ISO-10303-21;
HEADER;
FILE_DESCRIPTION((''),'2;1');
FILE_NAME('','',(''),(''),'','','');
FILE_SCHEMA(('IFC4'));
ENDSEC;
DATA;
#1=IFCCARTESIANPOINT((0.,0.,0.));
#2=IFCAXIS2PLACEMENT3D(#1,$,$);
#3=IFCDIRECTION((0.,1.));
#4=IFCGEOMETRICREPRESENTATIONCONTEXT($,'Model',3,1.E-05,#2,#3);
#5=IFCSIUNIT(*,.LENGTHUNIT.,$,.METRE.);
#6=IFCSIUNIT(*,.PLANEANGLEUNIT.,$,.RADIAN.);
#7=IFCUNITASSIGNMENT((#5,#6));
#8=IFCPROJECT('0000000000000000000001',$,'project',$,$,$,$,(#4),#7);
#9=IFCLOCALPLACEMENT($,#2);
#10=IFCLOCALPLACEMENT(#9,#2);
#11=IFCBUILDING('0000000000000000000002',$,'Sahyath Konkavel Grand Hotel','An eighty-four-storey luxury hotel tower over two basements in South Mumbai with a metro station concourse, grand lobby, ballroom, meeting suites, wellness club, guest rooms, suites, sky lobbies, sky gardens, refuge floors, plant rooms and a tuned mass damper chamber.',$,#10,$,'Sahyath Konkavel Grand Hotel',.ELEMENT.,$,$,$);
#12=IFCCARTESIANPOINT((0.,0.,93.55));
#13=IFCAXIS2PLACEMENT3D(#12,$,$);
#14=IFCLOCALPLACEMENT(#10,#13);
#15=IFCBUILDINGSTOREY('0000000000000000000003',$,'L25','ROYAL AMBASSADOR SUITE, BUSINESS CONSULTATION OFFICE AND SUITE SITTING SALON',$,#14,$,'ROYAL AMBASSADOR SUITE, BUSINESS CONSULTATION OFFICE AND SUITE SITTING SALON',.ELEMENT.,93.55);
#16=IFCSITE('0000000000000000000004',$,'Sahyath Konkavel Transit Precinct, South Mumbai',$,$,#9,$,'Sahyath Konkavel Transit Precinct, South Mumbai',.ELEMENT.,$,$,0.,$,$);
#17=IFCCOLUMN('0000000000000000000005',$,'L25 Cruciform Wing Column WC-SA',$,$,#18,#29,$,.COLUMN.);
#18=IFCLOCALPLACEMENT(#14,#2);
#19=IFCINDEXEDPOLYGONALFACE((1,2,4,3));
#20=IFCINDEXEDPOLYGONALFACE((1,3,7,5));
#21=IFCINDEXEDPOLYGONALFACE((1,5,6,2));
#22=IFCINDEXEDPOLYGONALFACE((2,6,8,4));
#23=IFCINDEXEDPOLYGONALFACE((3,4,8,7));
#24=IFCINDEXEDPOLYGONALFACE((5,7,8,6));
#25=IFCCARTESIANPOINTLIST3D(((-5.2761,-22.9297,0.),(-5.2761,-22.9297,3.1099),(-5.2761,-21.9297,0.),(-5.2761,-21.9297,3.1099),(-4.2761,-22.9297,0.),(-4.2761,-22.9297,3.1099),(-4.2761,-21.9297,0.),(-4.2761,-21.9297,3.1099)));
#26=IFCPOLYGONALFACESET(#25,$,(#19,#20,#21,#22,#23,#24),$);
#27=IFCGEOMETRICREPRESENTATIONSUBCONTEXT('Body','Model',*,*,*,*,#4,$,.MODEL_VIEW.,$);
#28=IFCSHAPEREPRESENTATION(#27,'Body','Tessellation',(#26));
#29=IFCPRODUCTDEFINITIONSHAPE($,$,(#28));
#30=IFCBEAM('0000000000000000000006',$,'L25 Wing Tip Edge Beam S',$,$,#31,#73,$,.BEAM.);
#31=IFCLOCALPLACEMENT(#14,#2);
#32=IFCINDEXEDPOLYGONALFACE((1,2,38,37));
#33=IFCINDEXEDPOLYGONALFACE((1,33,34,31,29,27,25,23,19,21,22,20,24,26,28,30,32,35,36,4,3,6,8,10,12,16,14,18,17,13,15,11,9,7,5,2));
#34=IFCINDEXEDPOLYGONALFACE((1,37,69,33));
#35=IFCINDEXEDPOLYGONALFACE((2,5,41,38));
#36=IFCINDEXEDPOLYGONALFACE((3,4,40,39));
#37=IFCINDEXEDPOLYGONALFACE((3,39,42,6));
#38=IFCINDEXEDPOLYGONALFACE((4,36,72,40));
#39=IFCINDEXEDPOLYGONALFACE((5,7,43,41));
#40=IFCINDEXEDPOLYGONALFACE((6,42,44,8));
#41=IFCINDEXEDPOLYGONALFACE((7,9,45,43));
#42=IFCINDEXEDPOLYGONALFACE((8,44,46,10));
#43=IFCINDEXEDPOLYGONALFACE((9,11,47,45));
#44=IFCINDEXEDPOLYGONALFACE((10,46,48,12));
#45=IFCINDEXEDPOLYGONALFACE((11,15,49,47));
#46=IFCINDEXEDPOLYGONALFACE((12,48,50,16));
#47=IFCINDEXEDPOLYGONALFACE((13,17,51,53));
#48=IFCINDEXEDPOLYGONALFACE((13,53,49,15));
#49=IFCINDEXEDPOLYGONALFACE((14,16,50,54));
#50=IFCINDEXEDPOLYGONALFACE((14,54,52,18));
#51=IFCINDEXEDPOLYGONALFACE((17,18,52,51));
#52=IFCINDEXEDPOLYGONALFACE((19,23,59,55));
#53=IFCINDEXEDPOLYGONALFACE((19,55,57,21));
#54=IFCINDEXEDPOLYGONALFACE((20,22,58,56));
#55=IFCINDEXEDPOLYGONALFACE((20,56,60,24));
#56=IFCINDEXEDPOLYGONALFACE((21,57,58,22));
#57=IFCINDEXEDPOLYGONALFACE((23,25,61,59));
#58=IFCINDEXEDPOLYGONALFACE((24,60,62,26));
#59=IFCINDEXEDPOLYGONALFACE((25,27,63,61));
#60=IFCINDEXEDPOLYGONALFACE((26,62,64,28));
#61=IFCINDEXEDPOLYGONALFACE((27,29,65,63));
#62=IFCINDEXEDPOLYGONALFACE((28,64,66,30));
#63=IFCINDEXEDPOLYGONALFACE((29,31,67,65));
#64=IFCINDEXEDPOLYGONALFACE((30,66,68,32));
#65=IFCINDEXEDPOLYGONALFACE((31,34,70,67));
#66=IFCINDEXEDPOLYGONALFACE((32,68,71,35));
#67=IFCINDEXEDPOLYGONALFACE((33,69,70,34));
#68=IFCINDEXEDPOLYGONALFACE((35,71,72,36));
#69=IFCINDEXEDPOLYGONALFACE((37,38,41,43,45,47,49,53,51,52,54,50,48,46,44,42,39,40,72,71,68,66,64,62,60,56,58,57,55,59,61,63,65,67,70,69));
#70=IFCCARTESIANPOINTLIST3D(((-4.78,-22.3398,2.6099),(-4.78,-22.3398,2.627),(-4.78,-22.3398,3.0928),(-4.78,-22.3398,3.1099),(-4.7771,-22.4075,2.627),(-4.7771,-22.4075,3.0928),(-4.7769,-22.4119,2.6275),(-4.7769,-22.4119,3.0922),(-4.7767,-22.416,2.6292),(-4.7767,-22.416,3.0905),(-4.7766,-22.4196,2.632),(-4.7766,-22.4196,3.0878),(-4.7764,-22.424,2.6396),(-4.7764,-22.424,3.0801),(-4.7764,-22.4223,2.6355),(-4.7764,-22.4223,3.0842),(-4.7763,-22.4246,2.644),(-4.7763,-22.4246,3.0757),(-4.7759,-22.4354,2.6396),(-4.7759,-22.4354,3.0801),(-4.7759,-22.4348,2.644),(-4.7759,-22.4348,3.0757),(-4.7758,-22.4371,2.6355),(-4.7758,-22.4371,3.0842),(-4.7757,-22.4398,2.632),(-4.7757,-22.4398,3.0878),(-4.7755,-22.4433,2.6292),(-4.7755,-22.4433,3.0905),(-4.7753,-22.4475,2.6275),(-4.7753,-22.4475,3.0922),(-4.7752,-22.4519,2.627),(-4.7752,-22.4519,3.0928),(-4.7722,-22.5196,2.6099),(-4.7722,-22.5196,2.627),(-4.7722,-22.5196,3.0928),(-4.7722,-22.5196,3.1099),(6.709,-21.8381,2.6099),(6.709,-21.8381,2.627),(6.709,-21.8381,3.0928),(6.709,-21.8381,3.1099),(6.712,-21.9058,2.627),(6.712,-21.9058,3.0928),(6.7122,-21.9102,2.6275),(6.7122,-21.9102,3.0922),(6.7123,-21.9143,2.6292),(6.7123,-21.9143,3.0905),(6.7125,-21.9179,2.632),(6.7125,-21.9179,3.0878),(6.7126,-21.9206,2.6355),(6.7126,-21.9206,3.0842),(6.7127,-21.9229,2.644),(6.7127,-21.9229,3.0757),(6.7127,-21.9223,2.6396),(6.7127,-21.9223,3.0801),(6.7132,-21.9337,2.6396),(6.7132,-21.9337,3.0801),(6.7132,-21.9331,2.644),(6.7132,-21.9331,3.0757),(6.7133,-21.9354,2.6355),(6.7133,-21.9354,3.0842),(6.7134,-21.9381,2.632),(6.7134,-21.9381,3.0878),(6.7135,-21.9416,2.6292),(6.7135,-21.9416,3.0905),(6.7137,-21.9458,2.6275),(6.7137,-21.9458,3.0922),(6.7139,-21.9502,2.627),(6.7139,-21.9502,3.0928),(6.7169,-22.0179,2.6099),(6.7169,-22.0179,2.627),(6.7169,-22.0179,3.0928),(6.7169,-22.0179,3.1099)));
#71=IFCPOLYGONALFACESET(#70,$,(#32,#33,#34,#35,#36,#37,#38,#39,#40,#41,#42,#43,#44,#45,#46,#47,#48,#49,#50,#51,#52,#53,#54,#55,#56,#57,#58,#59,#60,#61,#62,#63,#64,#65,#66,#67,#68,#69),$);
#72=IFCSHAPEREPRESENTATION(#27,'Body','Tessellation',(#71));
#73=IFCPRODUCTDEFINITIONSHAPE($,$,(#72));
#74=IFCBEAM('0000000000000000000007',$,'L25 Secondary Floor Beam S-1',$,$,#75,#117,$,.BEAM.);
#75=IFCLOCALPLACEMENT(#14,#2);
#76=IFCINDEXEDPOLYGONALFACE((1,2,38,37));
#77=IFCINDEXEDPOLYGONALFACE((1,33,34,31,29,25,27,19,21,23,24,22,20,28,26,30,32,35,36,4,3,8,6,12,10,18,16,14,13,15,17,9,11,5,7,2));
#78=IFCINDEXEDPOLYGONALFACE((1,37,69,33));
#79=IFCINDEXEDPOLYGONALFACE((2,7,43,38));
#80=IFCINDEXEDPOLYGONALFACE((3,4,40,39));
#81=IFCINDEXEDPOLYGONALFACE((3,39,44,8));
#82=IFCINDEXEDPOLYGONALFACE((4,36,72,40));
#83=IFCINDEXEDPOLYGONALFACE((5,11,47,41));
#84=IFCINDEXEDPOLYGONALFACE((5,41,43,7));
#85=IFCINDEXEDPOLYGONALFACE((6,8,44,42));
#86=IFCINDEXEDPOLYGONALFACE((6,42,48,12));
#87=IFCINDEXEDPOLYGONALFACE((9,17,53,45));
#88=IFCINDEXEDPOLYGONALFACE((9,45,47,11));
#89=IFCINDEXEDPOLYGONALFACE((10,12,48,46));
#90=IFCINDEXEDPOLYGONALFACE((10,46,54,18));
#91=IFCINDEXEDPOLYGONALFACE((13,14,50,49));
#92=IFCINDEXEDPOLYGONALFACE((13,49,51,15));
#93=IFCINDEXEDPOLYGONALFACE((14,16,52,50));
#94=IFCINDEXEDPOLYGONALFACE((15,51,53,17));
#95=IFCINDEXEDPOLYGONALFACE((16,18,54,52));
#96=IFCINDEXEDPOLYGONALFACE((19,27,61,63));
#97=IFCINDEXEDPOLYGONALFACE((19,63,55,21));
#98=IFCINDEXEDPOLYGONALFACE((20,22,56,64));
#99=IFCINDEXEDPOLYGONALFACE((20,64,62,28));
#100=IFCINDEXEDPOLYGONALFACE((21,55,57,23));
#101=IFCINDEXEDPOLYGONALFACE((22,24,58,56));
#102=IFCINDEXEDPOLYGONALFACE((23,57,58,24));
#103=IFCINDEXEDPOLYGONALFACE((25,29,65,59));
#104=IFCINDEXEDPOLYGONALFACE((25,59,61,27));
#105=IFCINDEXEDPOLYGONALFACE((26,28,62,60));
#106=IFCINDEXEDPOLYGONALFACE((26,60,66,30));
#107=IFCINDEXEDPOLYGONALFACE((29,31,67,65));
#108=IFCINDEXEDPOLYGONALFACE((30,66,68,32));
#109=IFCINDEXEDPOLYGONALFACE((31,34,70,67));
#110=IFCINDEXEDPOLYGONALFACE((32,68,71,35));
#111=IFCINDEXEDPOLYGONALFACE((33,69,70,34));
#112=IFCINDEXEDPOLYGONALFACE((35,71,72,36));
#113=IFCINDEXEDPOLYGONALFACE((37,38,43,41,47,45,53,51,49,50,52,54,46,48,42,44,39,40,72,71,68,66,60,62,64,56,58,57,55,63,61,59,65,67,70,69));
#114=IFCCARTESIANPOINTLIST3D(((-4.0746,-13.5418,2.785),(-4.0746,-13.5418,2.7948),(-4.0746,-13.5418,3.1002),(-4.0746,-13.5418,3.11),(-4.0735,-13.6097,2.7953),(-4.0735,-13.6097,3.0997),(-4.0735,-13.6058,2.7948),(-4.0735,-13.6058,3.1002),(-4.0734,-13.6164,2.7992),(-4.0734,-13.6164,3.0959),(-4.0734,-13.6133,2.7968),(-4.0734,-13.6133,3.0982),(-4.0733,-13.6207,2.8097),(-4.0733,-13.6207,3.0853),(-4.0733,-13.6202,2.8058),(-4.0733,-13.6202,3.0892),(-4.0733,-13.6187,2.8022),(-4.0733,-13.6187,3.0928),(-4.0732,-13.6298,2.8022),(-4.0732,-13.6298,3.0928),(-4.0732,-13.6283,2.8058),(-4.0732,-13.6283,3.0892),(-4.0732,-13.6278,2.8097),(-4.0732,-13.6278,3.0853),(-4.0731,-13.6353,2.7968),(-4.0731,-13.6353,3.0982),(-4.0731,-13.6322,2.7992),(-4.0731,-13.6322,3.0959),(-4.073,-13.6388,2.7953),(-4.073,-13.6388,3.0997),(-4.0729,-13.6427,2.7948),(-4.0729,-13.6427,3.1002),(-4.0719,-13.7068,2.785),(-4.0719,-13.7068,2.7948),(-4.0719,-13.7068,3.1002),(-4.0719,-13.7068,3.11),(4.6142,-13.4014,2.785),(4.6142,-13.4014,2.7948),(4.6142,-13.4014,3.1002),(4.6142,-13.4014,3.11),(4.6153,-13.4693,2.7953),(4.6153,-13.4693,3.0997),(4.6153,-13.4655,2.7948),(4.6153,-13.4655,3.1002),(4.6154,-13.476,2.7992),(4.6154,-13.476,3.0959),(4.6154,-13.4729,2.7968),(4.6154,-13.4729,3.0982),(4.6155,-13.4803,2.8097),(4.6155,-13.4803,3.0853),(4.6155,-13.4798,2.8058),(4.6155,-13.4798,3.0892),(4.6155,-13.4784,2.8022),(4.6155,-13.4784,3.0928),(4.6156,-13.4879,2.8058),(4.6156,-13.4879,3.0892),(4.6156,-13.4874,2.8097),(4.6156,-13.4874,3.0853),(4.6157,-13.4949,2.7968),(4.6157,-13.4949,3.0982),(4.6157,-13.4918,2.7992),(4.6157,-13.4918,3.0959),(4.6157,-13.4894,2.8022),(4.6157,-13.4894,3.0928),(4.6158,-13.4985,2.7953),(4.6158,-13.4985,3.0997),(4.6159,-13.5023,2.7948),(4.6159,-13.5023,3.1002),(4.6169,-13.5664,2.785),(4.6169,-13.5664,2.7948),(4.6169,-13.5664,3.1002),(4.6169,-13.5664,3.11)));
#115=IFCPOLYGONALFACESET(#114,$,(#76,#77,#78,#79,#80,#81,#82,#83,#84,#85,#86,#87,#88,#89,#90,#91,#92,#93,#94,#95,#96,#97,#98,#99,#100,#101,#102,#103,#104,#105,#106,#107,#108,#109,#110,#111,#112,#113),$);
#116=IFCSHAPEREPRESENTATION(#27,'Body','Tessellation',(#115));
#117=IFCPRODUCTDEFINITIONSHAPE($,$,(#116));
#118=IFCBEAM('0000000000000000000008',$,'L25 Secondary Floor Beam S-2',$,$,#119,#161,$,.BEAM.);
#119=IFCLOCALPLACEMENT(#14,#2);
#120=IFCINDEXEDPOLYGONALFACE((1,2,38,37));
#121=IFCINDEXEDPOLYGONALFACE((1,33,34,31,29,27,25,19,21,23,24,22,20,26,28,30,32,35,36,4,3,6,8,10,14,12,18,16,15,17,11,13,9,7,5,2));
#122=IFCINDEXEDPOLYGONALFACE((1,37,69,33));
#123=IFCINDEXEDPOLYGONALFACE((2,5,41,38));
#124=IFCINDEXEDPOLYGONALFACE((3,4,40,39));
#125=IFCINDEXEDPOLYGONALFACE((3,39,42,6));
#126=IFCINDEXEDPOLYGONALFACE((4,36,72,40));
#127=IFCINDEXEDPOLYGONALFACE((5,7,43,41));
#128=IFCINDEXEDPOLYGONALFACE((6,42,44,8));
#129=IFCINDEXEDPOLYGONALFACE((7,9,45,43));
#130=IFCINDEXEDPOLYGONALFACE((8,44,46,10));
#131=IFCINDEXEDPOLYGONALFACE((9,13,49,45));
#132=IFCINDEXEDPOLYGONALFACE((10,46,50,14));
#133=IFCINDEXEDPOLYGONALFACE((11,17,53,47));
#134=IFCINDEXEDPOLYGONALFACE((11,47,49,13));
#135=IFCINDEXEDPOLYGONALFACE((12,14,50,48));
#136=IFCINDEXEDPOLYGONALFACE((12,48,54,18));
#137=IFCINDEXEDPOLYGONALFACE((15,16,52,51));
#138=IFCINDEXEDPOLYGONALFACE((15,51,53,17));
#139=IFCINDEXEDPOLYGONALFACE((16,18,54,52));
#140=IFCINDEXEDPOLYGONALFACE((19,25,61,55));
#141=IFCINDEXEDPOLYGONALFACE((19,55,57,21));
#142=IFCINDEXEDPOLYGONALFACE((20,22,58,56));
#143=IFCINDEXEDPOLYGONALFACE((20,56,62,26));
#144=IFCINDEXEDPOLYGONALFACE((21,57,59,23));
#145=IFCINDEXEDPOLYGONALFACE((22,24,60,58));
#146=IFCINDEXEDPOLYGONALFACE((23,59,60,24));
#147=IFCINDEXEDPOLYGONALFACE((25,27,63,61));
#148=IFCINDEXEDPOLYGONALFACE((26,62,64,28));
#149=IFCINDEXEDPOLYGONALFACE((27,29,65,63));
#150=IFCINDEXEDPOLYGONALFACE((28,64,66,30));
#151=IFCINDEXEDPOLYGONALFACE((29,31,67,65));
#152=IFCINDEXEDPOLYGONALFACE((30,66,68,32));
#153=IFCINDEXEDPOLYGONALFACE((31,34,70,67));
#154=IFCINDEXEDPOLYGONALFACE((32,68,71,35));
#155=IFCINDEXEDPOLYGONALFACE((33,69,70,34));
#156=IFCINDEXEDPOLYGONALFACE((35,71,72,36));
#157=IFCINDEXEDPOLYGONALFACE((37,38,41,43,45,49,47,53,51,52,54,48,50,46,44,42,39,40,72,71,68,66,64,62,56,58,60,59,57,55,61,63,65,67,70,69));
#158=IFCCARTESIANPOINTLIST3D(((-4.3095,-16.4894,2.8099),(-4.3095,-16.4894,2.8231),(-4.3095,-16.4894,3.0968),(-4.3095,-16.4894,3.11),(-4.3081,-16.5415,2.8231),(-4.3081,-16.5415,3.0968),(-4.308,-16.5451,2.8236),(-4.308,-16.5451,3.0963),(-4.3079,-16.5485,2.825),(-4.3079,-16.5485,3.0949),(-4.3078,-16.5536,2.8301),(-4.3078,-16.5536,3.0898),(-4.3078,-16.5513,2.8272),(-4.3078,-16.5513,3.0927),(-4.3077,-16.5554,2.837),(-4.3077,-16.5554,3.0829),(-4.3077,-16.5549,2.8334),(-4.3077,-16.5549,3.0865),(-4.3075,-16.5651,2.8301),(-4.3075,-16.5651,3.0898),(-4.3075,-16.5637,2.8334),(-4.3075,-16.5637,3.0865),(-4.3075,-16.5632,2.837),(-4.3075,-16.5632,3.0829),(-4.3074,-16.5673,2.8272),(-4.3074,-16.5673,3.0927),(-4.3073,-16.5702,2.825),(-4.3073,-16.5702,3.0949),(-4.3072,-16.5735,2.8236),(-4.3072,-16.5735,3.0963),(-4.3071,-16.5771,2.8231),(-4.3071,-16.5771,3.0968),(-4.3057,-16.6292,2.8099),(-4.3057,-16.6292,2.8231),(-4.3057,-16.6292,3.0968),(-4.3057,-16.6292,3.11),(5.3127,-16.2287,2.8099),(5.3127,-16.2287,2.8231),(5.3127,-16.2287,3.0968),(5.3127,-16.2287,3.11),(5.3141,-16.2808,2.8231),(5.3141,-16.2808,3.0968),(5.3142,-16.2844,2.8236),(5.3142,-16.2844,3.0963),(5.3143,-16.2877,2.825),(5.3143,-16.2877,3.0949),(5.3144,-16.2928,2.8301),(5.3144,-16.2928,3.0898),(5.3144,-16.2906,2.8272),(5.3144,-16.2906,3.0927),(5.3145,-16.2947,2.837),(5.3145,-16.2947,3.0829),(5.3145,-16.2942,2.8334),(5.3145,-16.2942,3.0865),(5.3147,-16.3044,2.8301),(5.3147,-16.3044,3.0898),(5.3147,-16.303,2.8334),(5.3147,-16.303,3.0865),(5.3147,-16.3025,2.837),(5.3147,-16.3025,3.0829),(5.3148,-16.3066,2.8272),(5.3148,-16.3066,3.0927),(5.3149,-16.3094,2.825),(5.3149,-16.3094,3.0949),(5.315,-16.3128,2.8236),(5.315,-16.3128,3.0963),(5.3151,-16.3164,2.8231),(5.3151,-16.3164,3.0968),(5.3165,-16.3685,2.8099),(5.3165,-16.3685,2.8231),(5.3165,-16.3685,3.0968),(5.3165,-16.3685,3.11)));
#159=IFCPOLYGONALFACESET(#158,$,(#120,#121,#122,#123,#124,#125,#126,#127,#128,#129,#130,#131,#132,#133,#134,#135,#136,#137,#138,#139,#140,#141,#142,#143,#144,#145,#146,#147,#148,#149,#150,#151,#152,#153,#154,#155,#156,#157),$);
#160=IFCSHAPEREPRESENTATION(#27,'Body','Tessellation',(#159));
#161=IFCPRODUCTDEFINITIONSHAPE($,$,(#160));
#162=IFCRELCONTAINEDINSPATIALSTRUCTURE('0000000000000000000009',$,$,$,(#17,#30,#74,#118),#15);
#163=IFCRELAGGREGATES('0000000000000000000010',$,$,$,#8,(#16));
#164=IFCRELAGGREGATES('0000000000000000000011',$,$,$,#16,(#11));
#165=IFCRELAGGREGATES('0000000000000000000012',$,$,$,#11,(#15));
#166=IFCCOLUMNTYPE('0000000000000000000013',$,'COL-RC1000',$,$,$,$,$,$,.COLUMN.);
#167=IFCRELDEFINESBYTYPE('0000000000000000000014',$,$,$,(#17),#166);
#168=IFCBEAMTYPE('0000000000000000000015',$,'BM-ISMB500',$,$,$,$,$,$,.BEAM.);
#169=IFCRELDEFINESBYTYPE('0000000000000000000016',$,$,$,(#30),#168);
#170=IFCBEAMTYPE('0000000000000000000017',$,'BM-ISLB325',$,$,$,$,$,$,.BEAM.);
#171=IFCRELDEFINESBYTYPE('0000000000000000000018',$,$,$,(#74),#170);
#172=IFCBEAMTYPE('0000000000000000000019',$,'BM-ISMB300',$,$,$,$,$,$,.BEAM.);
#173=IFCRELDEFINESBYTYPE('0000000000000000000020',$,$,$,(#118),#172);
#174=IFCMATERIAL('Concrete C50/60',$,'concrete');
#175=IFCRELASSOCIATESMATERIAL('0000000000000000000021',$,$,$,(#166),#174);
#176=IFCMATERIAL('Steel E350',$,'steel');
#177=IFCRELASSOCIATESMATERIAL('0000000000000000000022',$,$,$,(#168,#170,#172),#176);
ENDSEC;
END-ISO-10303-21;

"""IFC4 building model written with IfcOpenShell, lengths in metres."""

from ifc_helpers import new_model, si_unit, direction, frame, origin, origin_2d, place, context, subcontext, project, spatial, rectangle, i_section, extrude, source, transform, mapped, material, material_profile, profile_set, type_object, element, save


model = new_model("IFC4")

# Units and contexts
model_context = context("Model", 3, precision=1e-05, world=origin(), true_north=direction((0.0, 1.0)))
body_context = subcontext(model_context, "Body", "Model", "MODEL_VIEW")
ifc_project = project(units=[si_unit("LENGTHUNIT", "METRE"), si_unit("PLANEANGLEUNIT", "RADIAN")], contexts=[model_context])

# Site, building, storey
site_placement = place(None, origin())
site = spatial("IfcSite", under=ifc_project, at=site_placement, Name="Sahyath Konkavel Transit Precinct, South Mumbai", LongName="Sahyath Konkavel Transit Precinct, South Mumbai", CompositionType="ELEMENT", RefElevation=0.0)
building_placement = place(site_placement, origin())
building = spatial("IfcBuilding", under=site, at=building_placement, Name="Sahyath Konkavel Grand Hotel", Description="An eighty-four-storey luxury hotel tower over two basements in South Mumbai with a metro station concourse, grand lobby, ballroom, meeting suites, wellness club, guest rooms, suites, sky lobbies, sky gardens, refuge floors, plant rooms and a tuned mass damper chamber.", LongName="Sahyath Konkavel Grand Hotel", CompositionType="ELEMENT")
storey_placement = place(building_placement, frame((0.0, 0.0, 93.55)))
storey = spatial("IfcBuildingStorey", under=building, at=storey_placement, Name="L25", Description="ROYAL AMBASSADOR SUITE, BUSINESS CONSULTATION OFFICE AND SUITE SITTING SALON", LongName="ROYAL AMBASSADOR SUITE, BUSINESS CONSULTATION OFFICE AND SUITE SITTING SALON", CompositionType="ELEMENT", Elevation=93.55)

# Column
ifc_material_1 = material(Name="Concrete C50/60", Category="concrete")
ifc_material_profile_1 = material_profile(ifc_material_1, rectangle(XDim=1.0, YDim=1.0, at=origin_2d()), Name="RC 1000x1000")
ifc_profile_set_1 = profile_set([ifc_material_profile_1], Name="Concrete C50/60")
column_type = type_object("IfcColumnType", Name="COL-RC1000", PredefinedType="COLUMN", material=ifc_profile_set_1)
shared_shape_1 = source(origin(), body_context, "Body", "SweptSolid", [
    extrude(rectangle(XDim=1.0, YDim=1.0, at=origin_2d()), origin(), (0.0, 0.0, 1.0), 3.1099),
])
column_placement = place(storey_placement, frame((-4.7761, -22.4297, 0.0), z_axis=(0.0, 0.0, 1.0), x_axis=(1.0, 0.0, 0.0)))
element("IfcColumn", 1, at=column_placement, inside=storey, type_object=column_type, Name="L25 Cruciform Wing Column WC-SA", PredefinedType="COLUMN", context=body_context, shape_type="MappedRepresentation", body=[
    mapped(shared_shape_1, transform((0.0, 0.0, 0.0), scale=1.0)),
])

# Beams
ifc_material_2 = material(Name="Steel E350", Category="steel")
ifc_material_profile_2 = material_profile(ifc_material_2, i_section(OverallWidth=0.1799, OverallDepth=0.5, WebThickness=0.0103, FlangeThickness=0.0171, FilletRadius=0.0171, at=origin_2d()), Name="ISMB 500")
ifc_profile_set_2 = profile_set([ifc_material_profile_2], Name="Steel E350")
beam_type_1 = type_object("IfcBeamType", Name="BM-ISMB500", PredefinedType="BEAM", material=ifc_profile_set_2)
shared_shape_2 = source(origin(), body_context, "Body", "SweptSolid", [
    extrude(i_section(OverallWidth=0.1799, OverallDepth=0.5, WebThickness=0.0103, FlangeThickness=0.0171, FilletRadius=0.0171, at=origin_2d()), origin(), (0.0, 0.0, 1.0), 11.5),
])
beam_1_placement = place(storey_placement, frame((-4.7761, -22.4297, 2.8599), z_axis=(0.999048, 0.043627, 0.0), x_axis=(-0.043627, 0.999048, 0.0)))
element("IfcBeam", 2, at=beam_1_placement, inside=storey, type_object=beam_type_1, Name="L25 Wing Tip Edge Beam S", PredefinedType="BEAM", context=body_context, shape_type="MappedRepresentation", body=[
    mapped(shared_shape_2, transform((0.0, 0.0, 0.0), scale=1.0)),
])
ifc_material_profile_3 = material_profile(ifc_material_2, i_section(OverallWidth=0.165, OverallDepth=0.325, WebThickness=0.0071, FlangeThickness=0.0098, FilletRadius=0.0149, at=origin_2d()), Name="ISLB 325")
ifc_profile_set_3 = profile_set([ifc_material_profile_3], Name="Steel E350")
beam_type_2 = type_object("IfcBeamType", Name="BM-ISLB325", PredefinedType="BEAM", material=ifc_profile_set_3)
shared_shape_3 = source(origin(), body_context, "Body", "SweptSolid", [
    extrude(i_section(OverallWidth=0.165, OverallDepth=0.325, WebThickness=0.0071, FlangeThickness=0.0098, FilletRadius=0.0149, at=origin_2d()), origin(), (0.0, 0.0, 1.0), 8.6899),
])
beam_2_placement = place(storey_placement, frame((-4.0732, -13.6243, 2.9475), z_axis=(0.99987, 0.016155, 0.0), x_axis=(-0.016155, 0.99987, 0.0)))
element("IfcBeam", 3, at=beam_2_placement, inside=storey, type_object=beam_type_2, Name="L25 Secondary Floor Beam S-1", PredefinedType="BEAM", context=body_context, shape_type="MappedRepresentation", body=[
    mapped(shared_shape_3, transform((0.0, 0.0, 0.0), scale=1.0)),
])
ifc_material_profile_4 = material_profile(ifc_material_2, i_section(OverallWidth=0.1399, OverallDepth=0.3, WebThickness=0.0078, FlangeThickness=0.0132, FilletRadius=0.0139, at=origin_2d()), Name="ISMB 300")
ifc_profile_set_4 = profile_set([ifc_material_profile_4], Name="Steel E350")
beam_type_3 = type_object("IfcBeamType", Name="BM-ISMB300", PredefinedType="BEAM", material=ifc_profile_set_4)
shared_shape_4 = source(origin(), body_context, "Body", "SweptSolid", [
    extrude(i_section(OverallWidth=0.1399, OverallDepth=0.3, WebThickness=0.0078, FlangeThickness=0.0132, FilletRadius=0.0139, at=origin_2d()), origin(), (0.0, 0.0, 1.0), 9.6257),
])
beam_3_placement = place(storey_placement, frame((-4.3076, -16.5593, 2.96), z_axis=(0.999633, 0.027088, 0.0), x_axis=(-0.027088, 0.999633, 0.0)))
element("IfcBeam", 4, at=beam_3_placement, inside=storey, type_object=beam_type_3, Name="L25 Secondary Floor Beam S-2", PredefinedType="BEAM", context=body_context, shape_type="MappedRepresentation", body=[
    mapped(shared_shape_4, transform((0.0, 0.0, 0.0), scale=1.0)),
])

save(model, "model.ifc")
